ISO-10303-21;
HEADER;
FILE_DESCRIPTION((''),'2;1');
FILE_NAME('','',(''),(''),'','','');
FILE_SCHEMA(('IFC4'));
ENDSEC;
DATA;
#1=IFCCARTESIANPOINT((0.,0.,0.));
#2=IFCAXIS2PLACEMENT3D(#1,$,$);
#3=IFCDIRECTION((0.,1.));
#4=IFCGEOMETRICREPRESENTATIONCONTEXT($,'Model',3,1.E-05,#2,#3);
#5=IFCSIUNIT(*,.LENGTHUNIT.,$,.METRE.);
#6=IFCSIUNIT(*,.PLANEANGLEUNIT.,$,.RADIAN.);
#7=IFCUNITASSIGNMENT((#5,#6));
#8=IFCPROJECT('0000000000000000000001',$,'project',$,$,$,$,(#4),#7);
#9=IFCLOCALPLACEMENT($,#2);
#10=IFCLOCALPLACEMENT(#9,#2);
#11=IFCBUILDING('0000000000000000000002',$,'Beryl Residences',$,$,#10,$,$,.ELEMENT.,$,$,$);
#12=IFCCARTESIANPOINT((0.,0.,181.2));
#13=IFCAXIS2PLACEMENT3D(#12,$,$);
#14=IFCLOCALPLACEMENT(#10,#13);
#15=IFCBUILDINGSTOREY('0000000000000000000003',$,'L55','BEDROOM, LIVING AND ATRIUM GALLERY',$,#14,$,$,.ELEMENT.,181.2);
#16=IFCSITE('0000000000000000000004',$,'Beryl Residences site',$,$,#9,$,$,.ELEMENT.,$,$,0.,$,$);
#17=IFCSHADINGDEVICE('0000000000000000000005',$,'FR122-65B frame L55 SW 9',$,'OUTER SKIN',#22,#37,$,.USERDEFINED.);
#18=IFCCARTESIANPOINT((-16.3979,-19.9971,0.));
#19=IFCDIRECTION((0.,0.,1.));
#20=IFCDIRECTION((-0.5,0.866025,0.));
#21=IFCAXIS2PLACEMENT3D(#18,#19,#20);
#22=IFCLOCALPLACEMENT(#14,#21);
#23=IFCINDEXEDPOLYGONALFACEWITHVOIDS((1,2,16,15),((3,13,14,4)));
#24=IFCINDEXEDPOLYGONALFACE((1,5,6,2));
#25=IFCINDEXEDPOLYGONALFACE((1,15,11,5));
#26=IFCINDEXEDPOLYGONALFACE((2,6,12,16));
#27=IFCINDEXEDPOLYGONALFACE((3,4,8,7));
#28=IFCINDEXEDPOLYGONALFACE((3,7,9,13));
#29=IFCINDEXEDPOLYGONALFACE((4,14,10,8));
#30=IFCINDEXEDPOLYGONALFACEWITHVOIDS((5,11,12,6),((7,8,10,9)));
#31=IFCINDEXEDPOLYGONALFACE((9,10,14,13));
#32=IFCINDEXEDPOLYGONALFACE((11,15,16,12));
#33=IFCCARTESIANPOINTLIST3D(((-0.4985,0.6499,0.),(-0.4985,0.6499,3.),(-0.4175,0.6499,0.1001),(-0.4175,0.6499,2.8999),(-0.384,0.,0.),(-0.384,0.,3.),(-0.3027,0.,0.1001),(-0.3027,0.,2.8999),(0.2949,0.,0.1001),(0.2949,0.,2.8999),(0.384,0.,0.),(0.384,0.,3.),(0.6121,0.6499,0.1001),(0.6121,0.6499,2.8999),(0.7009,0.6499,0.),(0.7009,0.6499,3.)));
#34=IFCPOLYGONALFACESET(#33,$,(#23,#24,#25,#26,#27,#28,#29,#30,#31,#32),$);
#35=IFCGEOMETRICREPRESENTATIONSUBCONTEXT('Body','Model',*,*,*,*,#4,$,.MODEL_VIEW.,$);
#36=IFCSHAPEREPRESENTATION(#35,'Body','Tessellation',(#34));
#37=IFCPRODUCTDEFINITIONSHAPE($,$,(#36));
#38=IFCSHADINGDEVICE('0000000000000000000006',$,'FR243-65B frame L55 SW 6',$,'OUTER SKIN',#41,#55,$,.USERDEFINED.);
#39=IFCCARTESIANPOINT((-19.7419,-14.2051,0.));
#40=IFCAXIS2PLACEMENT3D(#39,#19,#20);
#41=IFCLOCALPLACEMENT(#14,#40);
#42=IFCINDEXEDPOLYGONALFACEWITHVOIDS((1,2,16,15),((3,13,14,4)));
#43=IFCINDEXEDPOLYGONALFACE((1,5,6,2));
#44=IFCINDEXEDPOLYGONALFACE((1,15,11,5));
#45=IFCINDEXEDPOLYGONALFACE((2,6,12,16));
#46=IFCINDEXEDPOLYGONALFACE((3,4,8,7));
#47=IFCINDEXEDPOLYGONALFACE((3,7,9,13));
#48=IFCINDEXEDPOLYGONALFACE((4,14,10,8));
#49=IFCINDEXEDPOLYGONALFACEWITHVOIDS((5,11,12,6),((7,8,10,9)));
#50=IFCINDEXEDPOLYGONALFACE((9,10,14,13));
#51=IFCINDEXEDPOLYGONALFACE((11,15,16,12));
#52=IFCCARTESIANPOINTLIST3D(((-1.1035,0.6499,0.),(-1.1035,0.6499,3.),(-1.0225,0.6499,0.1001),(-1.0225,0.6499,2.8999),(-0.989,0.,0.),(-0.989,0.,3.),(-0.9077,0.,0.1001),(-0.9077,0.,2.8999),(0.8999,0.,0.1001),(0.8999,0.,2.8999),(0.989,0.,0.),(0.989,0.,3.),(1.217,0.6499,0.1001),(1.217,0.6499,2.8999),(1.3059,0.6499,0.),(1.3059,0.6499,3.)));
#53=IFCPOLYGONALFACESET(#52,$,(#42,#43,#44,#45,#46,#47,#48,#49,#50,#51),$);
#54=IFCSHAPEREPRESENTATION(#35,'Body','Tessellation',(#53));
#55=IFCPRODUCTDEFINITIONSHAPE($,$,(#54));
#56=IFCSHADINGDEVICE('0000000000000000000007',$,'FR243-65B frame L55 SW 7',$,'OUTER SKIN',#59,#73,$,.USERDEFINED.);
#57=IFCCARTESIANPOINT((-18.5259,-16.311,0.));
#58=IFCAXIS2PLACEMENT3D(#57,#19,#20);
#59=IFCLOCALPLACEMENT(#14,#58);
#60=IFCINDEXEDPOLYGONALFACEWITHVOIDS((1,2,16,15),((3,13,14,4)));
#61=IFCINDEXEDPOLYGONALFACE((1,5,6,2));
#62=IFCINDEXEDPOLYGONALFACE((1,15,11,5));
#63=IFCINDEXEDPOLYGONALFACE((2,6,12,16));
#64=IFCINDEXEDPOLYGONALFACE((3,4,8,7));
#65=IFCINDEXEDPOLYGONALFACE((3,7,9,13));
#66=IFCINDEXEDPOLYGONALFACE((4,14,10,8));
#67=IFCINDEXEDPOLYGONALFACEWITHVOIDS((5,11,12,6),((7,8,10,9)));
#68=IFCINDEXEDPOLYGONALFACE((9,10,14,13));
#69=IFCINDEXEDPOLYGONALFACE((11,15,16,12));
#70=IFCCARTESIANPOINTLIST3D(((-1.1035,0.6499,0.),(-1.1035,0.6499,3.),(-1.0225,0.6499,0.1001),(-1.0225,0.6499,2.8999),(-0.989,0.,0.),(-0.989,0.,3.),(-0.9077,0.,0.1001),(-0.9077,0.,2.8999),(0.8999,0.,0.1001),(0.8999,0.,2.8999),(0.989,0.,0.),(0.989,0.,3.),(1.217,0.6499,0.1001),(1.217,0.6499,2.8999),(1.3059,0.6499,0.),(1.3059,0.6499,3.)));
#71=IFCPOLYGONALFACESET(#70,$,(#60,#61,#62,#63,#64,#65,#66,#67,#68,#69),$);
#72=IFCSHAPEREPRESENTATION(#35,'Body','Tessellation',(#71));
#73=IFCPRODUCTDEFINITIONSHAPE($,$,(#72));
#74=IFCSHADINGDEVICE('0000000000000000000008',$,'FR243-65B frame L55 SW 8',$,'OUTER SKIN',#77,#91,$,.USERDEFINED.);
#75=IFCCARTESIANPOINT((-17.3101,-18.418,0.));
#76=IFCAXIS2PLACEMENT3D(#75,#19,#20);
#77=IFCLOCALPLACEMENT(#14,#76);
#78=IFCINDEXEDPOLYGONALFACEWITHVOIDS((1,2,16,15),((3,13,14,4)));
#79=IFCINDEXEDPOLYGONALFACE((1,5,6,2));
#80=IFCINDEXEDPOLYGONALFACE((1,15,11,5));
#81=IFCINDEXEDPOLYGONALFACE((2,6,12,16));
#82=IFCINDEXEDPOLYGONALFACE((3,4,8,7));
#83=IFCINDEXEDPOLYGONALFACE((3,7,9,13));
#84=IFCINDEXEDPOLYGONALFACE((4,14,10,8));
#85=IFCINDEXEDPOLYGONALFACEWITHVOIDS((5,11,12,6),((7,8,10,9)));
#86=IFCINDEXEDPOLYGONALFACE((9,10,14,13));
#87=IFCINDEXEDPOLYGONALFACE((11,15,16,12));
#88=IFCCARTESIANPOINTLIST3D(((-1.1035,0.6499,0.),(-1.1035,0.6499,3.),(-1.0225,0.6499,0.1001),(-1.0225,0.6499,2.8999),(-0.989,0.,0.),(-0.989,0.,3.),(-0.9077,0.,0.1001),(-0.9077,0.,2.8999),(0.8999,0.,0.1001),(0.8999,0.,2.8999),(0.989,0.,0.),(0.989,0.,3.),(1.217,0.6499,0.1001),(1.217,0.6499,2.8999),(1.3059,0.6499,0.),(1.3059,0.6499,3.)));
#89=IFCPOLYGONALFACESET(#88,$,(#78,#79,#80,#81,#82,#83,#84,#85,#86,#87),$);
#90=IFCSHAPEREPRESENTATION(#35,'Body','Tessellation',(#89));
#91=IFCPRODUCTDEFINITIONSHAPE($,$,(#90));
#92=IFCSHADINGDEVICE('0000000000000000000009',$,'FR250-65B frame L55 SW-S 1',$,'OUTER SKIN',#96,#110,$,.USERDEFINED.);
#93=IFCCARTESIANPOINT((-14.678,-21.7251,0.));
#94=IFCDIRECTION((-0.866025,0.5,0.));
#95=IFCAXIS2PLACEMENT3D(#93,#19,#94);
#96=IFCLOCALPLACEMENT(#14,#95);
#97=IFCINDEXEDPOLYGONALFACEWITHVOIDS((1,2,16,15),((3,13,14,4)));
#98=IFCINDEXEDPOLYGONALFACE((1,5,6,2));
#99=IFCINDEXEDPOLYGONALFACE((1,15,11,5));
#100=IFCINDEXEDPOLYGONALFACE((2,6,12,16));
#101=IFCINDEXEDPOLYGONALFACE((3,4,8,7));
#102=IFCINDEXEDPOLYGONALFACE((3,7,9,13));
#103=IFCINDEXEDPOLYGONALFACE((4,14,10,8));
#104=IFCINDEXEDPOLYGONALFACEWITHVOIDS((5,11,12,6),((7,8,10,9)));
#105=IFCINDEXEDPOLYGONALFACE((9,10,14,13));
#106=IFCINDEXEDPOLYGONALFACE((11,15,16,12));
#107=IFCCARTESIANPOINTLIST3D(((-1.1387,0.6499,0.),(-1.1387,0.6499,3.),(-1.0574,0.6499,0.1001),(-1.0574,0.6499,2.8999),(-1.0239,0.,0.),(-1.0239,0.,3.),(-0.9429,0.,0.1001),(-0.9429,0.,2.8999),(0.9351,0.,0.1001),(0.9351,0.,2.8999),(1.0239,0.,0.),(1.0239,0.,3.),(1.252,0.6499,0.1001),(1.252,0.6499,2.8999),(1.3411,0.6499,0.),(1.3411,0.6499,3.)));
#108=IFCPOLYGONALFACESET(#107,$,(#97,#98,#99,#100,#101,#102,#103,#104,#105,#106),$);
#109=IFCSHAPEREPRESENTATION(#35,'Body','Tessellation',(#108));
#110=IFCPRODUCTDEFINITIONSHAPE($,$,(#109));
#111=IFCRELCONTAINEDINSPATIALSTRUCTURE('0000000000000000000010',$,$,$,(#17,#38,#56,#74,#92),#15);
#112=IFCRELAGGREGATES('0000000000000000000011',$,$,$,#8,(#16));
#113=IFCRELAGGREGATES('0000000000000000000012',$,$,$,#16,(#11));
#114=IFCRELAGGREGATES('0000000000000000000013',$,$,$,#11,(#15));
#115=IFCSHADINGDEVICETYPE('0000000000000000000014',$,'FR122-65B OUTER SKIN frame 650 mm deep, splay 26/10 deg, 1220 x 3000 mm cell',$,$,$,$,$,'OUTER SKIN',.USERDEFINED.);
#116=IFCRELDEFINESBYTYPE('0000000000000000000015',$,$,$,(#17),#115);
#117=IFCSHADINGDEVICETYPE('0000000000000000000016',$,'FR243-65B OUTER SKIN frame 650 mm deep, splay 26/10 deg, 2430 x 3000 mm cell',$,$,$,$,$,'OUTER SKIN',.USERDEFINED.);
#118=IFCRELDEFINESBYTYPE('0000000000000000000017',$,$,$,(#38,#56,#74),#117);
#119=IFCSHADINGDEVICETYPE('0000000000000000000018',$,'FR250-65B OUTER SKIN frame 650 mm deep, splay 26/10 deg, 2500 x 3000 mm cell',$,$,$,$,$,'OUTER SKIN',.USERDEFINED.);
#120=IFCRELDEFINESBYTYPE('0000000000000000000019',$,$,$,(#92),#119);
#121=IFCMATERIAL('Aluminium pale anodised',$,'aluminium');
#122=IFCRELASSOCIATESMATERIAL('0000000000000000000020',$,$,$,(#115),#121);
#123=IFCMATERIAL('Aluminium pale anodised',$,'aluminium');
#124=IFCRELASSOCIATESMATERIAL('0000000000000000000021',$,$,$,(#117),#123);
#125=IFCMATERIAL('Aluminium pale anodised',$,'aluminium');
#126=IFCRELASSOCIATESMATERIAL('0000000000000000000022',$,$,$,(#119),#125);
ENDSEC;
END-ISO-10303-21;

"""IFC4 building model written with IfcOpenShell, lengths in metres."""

from ifc_helpers import new_model, entity, si_unit, direction, frame, origin, place, context, subcontext, project, spatial, source, transform, mapped, material, type_object, type_shapes, element, save


model = new_model("IFC4")

# Units and contexts
model_context = context("Model", 3, precision=1e-05, world=origin(), true_north=direction((0.0, 1.0)))
body_context = subcontext(model_context, "Body", "Model", "MODEL_VIEW")
ifc_project = project(units=[si_unit("LENGTHUNIT", "METRE"), si_unit("PLANEANGLEUNIT", "RADIAN")], contexts=[model_context])

# Site, building, storey
site_placement = place(None, origin())
site = spatial("IfcSite", under=ifc_project, at=site_placement, Name="Beryl Residences site", CompositionType="ELEMENT", RefElevation=0.0)
building_placement = place(site_placement, origin())
building = spatial("IfcBuilding", under=site, at=building_placement, Name="Beryl Residences", CompositionType="ELEMENT")
storey_placement = place(building_placement, frame((0.0, 0.0, 181.2)))
storey = spatial("IfcBuildingStorey", under=building, at=storey_placement, Name="L55", Description="BEDROOM, LIVING AND ATRIUM GALLERY", CompositionType="ELEMENT", Elevation=181.2)

# Shading devices
ifc_material_1 = material(Name="Aluminium pale anodised", Category="aluminium")
shading_device_type_1 = type_object("IfcShadingDeviceType", Name="FR122-65B OUTER SKIN frame 650 mm deep, splay 26/10 deg, 1220 x 3000 mm cell", ElementType="OUTER SKIN", PredefinedType="USERDEFINED", material=ifc_material_1)
cartesian_point_1 = entity("IfcCartesianPoint", [-0.384, 0.0])
cartesian_point_2 = entity("IfcCartesianPoint", [-0.2949, 0.1001])
cartesian_point_3 = entity("IfcCartesianPoint", [-0.7009, 0.0])
cartesian_point_4 = entity("IfcCartesianPoint", [-0.6121, 0.1001])
shared_shape_1 = source(origin(), body_context, "Body", "SweptSolid", [
    entity("IfcExtrudedAreaSolidTapered", entity("IfcArbitraryProfileDefWithVoids", "AREA", None, entity("IfcPolyline", [cartesian_point_1, entity("IfcCartesianPoint", [0.384, 0.0]), entity("IfcCartesianPoint", [0.384, 3.0]), entity("IfcCartesianPoint", [-0.384, 3.0]), cartesian_point_1]), [entity("IfcPolyline", [cartesian_point_2, entity("IfcCartesianPoint", [0.3027, 0.1001]), entity("IfcCartesianPoint", [0.3027, 2.8999]), entity("IfcCartesianPoint", [-0.2949, 2.8999]), cartesian_point_2])]), entity("IfcAxis2Placement3D", entity("IfcCartesianPoint", [0.0, 0.0, 0.0]), entity("IfcDirection", [0.0, 1.0, 0.0]), entity("IfcDirection", [-1.0, 0.0, 0.0])), entity("IfcDirection", [0.0, 0.0, 1.0]), 0.6499, entity("IfcArbitraryProfileDefWithVoids", "AREA", None, entity("IfcPolyline", [cartesian_point_3, entity("IfcCartesianPoint", [0.4985, 0.0]), entity("IfcCartesianPoint", [0.4985, 3.0]), entity("IfcCartesianPoint", [-0.7009, 3.0]), cartesian_point_3]), [entity("IfcPolyline", [cartesian_point_4, entity("IfcCartesianPoint", [0.4175, 0.1001]), entity("IfcCartesianPoint", [0.4175, 2.8999]), entity("IfcCartesianPoint", [-0.6121, 2.8999]), cartesian_point_4])])),
])
type_shapes(shading_device_type_1, [shared_shape_1])
shading_device_1_placement = place(storey_placement, frame((-16.3979, -19.9971, 0.0), z_axis=(0.0, 0.0, 1.0), x_axis=(-0.5, 0.866025, 0.0)))
element("IfcShadingDevice", 1, at=shading_device_1_placement, inside=storey, type_object=shading_device_type_1, Name="FR122-65B frame L55 SW 9", ObjectType="OUTER SKIN", PredefinedType="USERDEFINED", context=body_context, shape_type="MappedRepresentation", body=[
    mapped(shared_shape_1, transform((0.0, 0.0, 0.0))),
])
ifc_material_2 = material(Name="Aluminium pale anodised", Category="aluminium")
shading_device_type_2 = type_object("IfcShadingDeviceType", Name="FR243-65B OUTER SKIN frame 650 mm deep, splay 26/10 deg, 2430 x 3000 mm cell", ElementType="OUTER SKIN", PredefinedType="USERDEFINED", material=ifc_material_2)
cartesian_point_5 = entity("IfcCartesianPoint", [-0.989, 0.0])
cartesian_point_6 = entity("IfcCartesianPoint", [-0.8999, 0.1001])
cartesian_point_7 = entity("IfcCartesianPoint", [-1.3059, 0.0])
cartesian_point_8 = entity("IfcCartesianPoint", [-1.217, 0.1001])
shared_shape_2 = source(origin(), body_context, "Body", "SweptSolid", [
    entity("IfcExtrudedAreaSolidTapered", entity("IfcArbitraryProfileDefWithVoids", "AREA", None, entity("IfcPolyline", [cartesian_point_5, entity("IfcCartesianPoint", [0.989, 0.0]), entity("IfcCartesianPoint", [0.989, 3.0]), entity("IfcCartesianPoint", [-0.989, 3.0]), cartesian_point_5]), [entity("IfcPolyline", [cartesian_point_6, entity("IfcCartesianPoint", [0.9077, 0.1001]), entity("IfcCartesianPoint", [0.9077, 2.8999]), entity("IfcCartesianPoint", [-0.8999, 2.8999]), cartesian_point_6])]), entity("IfcAxis2Placement3D", entity("IfcCartesianPoint", [0.0, 0.0, 0.0]), entity("IfcDirection", [0.0, 1.0, 0.0]), entity("IfcDirection", [-1.0, 0.0, 0.0])), entity("IfcDirection", [0.0, 0.0, 1.0]), 0.6499, entity("IfcArbitraryProfileDefWithVoids", "AREA", None, entity("IfcPolyline", [cartesian_point_7, entity("IfcCartesianPoint", [1.1035, 0.0]), entity("IfcCartesianPoint", [1.1035, 3.0]), entity("IfcCartesianPoint", [-1.3059, 3.0]), cartesian_point_7]), [entity("IfcPolyline", [cartesian_point_8, entity("IfcCartesianPoint", [1.0225, 0.1001]), entity("IfcCartesianPoint", [1.0225, 2.8999]), entity("IfcCartesianPoint", [-1.217, 2.8999]), cartesian_point_8])])),
])
type_shapes(shading_device_type_2, [shared_shape_2])
for number, where, z_axis, x_axis, name in (
    (2, (-19.7419, -14.2051, 0.0), (0.0, 0.0, 1.0), (-0.5, 0.866025, 0.0), "FR243-65B frame L55 SW 6"),
    (3, (-18.5259, -16.311, 0.0), (0.0, 0.0, 1.0), (-0.5, 0.866025, 0.0), "FR243-65B frame L55 SW 7"),
    (4, (-17.3101, -18.418, 0.0), (0.0, 0.0, 1.0), (-0.5, 0.866025, 0.0), "FR243-65B frame L55 SW 8"),
):
    element("IfcShadingDevice", number, at=place(storey_placement, frame(where, z_axis=z_axis, x_axis=x_axis)), inside=storey, type_object=shading_device_type_2, Name=name, ObjectType="OUTER SKIN", PredefinedType="USERDEFINED", context=body_context, shape_type="MappedRepresentation", body=[
        mapped(shared_shape_2, transform((0.0, 0.0, 0.0))),
    ])
ifc_material_3 = material(Name="Aluminium pale anodised", Category="aluminium")
shading_device_type_3 = type_object("IfcShadingDeviceType", Name="FR250-65B OUTER SKIN frame 650 mm deep, splay 26/10 deg, 2500 x 3000 mm cell", ElementType="OUTER SKIN", PredefinedType="USERDEFINED", material=ifc_material_3)
cartesian_point_9 = entity("IfcCartesianPoint", [-1.0239, 0.0])
cartesian_point_10 = entity("IfcCartesianPoint", [-0.9351, 0.1001])
cartesian_point_11 = entity("IfcCartesianPoint", [-1.3411, 0.0])
cartesian_point_12 = entity("IfcCartesianPoint", [-1.252, 0.1001])
shared_shape_3 = source(origin(), body_context, "Body", "SweptSolid", [
    entity("IfcExtrudedAreaSolidTapered", entity("IfcArbitraryProfileDefWithVoids", "AREA", None, entity("IfcPolyline", [cartesian_point_9, entity("IfcCartesianPoint", [1.0239, 0.0]), entity("IfcCartesianPoint", [1.0239, 3.0]), entity("IfcCartesianPoint", [-1.0239, 3.0]), cartesian_point_9]), [entity("IfcPolyline", [cartesian_point_10, entity("IfcCartesianPoint", [0.9429, 0.1001]), entity("IfcCartesianPoint", [0.9429, 2.8999]), entity("IfcCartesianPoint", [-0.9351, 2.8999]), cartesian_point_10])]), entity("IfcAxis2Placement3D", entity("IfcCartesianPoint", [0.0, 0.0, 0.0]), entity("IfcDirection", [0.0, 1.0, 0.0]), entity("IfcDirection", [-1.0, 0.0, 0.0])), entity("IfcDirection", [0.0, 0.0, 1.0]), 0.6499, entity("IfcArbitraryProfileDefWithVoids", "AREA", None, entity("IfcPolyline", [cartesian_point_11, entity("IfcCartesianPoint", [1.1387, 0.0]), entity("IfcCartesianPoint", [1.1387, 3.0]), entity("IfcCartesianPoint", [-1.3411, 3.0]), cartesian_point_11]), [entity("IfcPolyline", [cartesian_point_12, entity("IfcCartesianPoint", [1.0574, 0.1001]), entity("IfcCartesianPoint", [1.0574, 2.8999]), entity("IfcCartesianPoint", [-1.252, 2.8999]), cartesian_point_12])])),
])
type_shapes(shading_device_type_3, [shared_shape_3])
shading_device_2_placement = place(storey_placement, frame((-14.678, -21.7251, 0.0), z_axis=(0.0, 0.0, 1.0), x_axis=(-0.866025, 0.5, 0.0)))
element("IfcShadingDevice", 5, at=shading_device_2_placement, inside=storey, type_object=shading_device_type_3, Name="FR250-65B frame L55 SW-S 1", ObjectType="OUTER SKIN", PredefinedType="USERDEFINED", context=body_context, shape_type="MappedRepresentation", body=[
    mapped(shared_shape_3, transform((0.0, 0.0, 0.0))),
])

save(model, "model.ifc")
